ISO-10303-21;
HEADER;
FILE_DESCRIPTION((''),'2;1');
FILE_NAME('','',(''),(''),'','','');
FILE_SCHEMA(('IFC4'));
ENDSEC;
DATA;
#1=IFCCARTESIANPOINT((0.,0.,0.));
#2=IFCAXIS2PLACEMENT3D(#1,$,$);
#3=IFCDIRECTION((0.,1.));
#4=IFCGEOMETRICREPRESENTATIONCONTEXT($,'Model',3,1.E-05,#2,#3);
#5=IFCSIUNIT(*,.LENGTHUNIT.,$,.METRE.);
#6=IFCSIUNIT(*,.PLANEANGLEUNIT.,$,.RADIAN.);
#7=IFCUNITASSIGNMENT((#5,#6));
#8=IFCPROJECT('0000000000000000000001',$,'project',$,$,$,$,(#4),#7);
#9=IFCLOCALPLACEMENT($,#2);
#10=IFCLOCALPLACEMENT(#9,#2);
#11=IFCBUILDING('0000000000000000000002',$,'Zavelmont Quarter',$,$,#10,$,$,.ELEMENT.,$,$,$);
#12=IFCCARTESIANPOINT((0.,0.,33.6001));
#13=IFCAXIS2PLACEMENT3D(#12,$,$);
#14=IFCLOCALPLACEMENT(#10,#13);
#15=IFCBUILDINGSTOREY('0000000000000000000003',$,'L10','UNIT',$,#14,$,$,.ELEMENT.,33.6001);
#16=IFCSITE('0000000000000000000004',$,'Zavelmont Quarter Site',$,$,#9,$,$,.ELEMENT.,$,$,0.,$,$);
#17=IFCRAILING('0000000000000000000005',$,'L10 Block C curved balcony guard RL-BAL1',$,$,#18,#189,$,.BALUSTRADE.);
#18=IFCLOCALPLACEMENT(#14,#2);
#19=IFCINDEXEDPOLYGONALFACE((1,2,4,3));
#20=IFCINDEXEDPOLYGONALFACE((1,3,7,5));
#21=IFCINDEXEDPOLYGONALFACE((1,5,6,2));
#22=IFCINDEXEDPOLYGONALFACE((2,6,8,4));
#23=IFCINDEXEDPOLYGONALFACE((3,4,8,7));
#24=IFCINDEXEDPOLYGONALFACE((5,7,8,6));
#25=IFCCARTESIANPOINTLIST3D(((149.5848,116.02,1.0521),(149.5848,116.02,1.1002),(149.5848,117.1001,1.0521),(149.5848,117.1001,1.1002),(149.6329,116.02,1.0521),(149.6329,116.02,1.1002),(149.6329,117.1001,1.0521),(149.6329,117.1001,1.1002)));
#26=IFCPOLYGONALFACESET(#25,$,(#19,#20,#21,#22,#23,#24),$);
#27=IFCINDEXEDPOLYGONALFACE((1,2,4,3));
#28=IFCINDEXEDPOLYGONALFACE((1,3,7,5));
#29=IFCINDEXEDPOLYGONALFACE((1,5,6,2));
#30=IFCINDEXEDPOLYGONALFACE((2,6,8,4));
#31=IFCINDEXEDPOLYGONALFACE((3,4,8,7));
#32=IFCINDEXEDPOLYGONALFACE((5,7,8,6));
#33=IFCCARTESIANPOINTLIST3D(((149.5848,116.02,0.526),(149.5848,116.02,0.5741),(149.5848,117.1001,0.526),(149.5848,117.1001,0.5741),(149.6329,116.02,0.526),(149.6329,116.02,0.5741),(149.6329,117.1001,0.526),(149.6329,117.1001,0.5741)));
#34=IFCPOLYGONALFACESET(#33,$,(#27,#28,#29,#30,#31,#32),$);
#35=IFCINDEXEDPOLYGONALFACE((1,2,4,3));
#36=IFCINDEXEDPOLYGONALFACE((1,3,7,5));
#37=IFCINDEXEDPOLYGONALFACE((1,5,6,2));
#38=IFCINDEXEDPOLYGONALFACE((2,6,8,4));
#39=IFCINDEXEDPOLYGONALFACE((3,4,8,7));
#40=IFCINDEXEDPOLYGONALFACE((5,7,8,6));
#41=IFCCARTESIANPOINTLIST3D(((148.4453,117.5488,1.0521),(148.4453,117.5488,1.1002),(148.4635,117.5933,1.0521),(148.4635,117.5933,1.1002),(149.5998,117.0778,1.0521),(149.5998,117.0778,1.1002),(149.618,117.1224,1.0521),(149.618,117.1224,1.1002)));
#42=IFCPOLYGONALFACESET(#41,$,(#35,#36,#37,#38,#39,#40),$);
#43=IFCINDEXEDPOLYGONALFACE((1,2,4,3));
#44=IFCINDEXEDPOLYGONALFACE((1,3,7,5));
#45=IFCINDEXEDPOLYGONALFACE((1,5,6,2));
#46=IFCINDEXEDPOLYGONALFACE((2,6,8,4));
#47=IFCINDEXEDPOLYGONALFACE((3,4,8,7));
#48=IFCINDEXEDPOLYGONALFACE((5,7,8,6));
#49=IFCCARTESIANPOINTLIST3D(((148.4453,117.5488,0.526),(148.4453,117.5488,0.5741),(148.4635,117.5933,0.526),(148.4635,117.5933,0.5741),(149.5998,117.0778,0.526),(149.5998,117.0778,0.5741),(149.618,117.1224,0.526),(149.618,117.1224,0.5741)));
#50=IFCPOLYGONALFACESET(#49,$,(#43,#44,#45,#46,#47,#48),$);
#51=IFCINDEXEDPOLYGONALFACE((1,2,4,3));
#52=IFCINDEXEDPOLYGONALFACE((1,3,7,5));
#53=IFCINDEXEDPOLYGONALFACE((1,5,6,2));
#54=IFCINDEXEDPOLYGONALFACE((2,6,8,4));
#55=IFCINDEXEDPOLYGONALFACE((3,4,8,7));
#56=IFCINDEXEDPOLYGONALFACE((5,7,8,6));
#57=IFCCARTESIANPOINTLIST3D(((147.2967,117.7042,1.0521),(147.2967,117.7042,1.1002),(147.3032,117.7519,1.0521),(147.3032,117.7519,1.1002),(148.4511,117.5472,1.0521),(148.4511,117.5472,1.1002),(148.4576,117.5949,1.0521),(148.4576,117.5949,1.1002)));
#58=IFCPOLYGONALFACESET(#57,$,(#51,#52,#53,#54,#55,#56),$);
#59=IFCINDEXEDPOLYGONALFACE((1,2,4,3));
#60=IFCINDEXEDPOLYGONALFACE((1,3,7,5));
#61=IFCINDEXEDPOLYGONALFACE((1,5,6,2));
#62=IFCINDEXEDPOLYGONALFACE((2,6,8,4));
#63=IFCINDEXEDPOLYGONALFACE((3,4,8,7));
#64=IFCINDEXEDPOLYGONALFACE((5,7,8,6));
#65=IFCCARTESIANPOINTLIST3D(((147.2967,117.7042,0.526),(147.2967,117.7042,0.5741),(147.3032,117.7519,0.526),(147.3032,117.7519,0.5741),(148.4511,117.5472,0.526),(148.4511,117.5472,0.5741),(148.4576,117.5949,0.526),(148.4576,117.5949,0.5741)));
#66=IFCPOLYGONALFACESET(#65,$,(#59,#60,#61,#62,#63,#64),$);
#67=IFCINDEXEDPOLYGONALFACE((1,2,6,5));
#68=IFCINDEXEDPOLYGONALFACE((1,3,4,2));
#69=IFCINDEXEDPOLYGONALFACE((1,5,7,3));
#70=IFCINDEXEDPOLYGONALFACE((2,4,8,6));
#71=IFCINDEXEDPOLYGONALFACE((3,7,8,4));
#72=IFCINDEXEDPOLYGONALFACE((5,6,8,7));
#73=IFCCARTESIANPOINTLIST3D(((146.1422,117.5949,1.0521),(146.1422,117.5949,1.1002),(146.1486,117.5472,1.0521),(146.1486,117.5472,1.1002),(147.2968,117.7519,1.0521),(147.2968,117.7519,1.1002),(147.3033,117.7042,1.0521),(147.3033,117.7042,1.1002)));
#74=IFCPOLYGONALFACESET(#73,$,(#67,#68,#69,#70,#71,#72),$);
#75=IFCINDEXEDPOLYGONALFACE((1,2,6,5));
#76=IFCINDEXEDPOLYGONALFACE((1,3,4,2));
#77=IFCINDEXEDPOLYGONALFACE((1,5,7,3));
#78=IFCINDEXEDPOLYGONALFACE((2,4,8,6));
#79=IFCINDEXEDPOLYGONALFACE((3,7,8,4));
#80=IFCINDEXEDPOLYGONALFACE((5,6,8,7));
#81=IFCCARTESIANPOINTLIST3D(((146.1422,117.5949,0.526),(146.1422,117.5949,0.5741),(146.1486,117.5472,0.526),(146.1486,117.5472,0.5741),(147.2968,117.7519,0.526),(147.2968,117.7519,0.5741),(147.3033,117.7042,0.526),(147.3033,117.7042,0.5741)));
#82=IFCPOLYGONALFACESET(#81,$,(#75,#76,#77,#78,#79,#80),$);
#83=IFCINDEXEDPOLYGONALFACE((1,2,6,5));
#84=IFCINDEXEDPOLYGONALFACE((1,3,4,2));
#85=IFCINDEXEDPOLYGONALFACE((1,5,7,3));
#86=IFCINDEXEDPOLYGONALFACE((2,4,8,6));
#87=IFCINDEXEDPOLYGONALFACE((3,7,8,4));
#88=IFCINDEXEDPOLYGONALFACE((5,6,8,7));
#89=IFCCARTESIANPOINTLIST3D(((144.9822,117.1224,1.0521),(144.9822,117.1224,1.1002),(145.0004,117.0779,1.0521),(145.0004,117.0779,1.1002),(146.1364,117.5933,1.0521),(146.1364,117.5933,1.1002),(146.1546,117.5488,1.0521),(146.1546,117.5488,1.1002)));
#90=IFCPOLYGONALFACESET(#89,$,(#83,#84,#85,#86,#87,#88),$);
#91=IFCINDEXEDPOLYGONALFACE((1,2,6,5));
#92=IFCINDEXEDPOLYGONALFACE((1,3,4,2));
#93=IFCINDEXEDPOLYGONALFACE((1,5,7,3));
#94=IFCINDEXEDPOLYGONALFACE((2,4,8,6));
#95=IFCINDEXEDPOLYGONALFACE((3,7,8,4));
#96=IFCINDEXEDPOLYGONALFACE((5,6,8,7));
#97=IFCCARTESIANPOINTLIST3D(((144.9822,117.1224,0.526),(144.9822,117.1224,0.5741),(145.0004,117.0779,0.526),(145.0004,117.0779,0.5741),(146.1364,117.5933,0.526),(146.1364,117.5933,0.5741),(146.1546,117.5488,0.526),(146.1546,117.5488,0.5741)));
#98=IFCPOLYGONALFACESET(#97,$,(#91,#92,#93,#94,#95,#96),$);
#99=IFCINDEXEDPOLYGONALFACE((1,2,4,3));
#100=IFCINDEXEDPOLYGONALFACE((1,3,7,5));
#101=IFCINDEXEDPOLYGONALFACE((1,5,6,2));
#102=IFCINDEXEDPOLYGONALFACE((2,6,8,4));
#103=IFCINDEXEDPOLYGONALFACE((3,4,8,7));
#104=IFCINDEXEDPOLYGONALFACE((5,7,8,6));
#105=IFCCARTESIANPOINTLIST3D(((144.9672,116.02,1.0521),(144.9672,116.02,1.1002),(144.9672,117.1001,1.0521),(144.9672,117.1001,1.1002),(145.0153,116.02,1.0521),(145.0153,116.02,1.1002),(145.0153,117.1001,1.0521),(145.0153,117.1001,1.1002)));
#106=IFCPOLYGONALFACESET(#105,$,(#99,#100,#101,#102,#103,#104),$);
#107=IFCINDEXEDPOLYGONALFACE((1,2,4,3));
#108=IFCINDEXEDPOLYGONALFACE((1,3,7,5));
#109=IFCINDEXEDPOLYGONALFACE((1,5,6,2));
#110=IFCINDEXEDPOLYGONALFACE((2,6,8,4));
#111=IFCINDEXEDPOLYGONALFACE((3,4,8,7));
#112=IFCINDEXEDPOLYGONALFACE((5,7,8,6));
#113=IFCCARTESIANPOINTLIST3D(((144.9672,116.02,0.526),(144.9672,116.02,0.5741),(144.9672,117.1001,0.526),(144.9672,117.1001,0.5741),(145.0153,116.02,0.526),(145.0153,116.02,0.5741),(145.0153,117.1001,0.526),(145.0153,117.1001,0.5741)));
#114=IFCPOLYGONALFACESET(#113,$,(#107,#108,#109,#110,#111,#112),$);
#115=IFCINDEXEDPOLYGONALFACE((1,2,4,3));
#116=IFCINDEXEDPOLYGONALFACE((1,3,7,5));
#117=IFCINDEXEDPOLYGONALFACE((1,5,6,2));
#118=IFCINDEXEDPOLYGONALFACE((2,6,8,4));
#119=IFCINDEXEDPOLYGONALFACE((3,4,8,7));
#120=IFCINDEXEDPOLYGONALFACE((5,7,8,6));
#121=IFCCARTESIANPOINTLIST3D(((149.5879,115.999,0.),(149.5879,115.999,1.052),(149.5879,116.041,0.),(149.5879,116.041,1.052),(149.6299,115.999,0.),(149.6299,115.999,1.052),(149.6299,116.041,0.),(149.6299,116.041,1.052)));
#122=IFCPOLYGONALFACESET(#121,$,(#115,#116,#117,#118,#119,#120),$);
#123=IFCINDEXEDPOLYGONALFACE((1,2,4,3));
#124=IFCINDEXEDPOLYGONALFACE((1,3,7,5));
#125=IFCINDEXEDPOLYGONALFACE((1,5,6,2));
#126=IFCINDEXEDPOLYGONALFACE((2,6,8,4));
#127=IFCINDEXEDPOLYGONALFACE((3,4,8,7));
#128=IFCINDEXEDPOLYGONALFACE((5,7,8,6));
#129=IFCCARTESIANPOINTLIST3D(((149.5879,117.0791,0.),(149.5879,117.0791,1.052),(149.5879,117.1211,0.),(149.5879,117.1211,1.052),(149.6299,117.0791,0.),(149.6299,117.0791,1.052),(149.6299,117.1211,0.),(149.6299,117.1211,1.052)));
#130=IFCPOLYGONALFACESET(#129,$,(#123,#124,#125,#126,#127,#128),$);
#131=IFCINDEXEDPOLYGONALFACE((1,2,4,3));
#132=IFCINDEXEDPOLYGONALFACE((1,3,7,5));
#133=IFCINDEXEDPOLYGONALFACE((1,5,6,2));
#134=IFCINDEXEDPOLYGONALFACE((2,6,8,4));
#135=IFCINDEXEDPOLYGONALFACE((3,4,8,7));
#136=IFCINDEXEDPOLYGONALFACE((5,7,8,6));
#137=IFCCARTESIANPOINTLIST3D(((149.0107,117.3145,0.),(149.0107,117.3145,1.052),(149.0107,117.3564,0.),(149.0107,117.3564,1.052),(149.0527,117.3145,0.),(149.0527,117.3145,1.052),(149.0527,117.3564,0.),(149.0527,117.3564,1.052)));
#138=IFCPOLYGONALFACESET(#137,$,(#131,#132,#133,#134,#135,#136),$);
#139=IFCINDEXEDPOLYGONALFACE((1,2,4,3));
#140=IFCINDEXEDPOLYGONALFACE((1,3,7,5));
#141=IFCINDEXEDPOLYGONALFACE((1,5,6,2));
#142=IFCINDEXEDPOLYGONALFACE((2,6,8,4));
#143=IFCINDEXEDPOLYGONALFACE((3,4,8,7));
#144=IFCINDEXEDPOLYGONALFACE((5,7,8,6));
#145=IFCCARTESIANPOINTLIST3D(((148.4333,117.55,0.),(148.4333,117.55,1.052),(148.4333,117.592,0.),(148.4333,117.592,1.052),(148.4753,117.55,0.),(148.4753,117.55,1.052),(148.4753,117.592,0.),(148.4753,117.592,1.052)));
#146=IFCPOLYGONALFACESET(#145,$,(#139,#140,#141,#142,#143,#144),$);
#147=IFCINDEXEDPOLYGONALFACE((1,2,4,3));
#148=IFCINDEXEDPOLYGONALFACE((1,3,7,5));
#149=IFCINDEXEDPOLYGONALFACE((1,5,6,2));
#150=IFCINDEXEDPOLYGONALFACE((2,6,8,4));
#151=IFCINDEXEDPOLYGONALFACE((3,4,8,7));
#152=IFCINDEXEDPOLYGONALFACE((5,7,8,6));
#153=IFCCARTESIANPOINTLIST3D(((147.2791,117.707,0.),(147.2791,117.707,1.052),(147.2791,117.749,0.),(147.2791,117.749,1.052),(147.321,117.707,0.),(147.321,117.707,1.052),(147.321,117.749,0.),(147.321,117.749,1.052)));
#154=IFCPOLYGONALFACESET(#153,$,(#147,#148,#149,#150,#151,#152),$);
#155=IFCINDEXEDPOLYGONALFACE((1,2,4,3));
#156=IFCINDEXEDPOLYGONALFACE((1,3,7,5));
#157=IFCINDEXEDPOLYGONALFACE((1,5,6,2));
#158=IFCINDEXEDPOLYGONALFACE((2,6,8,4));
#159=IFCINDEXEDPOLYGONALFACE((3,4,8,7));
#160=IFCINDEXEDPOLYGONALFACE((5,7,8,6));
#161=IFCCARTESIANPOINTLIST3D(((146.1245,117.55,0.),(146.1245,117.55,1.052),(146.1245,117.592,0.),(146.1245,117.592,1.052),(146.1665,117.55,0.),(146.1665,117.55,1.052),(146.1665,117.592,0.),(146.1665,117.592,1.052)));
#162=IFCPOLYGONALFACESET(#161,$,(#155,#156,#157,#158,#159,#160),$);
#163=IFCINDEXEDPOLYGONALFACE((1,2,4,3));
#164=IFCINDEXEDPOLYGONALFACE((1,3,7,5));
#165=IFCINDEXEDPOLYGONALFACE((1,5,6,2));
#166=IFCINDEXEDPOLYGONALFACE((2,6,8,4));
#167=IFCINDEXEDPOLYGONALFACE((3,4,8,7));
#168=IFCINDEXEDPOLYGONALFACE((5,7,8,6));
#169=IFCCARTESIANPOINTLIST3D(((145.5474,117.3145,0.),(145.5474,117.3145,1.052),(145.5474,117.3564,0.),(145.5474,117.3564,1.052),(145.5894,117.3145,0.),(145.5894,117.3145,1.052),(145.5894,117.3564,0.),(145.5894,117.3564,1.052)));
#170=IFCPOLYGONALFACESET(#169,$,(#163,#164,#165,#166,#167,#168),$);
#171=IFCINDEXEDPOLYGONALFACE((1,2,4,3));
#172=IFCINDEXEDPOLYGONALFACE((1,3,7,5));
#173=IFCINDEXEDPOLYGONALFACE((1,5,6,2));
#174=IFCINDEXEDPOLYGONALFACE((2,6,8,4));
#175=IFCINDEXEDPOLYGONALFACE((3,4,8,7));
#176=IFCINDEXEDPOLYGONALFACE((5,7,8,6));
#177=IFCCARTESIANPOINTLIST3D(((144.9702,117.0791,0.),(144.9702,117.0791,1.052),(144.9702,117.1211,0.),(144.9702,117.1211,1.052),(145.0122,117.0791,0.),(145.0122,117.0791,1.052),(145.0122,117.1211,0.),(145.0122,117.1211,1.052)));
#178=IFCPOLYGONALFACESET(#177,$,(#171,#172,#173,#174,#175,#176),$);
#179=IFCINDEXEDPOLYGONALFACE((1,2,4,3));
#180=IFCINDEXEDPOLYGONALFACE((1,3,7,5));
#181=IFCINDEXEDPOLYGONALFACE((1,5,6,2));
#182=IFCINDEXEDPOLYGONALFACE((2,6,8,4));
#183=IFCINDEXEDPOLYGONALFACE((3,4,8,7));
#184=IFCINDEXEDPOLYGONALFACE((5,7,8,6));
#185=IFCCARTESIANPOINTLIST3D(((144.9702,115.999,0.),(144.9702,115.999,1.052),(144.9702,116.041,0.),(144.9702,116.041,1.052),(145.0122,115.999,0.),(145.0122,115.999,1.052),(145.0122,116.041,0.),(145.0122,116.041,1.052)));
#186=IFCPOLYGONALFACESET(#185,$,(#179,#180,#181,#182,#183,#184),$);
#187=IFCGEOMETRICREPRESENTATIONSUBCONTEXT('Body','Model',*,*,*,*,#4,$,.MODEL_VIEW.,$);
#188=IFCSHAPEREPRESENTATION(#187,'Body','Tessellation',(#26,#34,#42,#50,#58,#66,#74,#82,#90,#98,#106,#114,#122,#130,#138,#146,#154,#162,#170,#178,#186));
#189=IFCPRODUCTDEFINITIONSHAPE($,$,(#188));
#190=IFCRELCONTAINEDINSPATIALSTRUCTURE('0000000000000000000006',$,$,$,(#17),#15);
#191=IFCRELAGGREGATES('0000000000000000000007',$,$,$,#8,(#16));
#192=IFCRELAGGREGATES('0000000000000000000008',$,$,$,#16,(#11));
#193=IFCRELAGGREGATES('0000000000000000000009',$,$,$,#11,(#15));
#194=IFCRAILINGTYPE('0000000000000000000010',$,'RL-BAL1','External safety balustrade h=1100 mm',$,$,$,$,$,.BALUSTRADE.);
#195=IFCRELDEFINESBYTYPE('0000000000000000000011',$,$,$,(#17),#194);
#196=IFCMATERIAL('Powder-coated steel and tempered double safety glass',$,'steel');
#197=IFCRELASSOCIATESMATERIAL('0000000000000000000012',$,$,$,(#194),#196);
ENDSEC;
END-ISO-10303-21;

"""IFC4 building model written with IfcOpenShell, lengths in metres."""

from ifc_helpers import new_model, si_unit, direction, frame, origin, origin_2d, place, context, subcontext, project, spatial, rectangle, extrude, material, type_object, element, save


model = new_model("IFC4")

# Units and contexts
model_context = context("Model", 3, precision=1e-05, world=origin(), true_north=direction((0.0, 1.0)))
body_context = subcontext(model_context, "Body", "Model", "MODEL_VIEW")
ifc_project = project(units=[si_unit("LENGTHUNIT", "METRE"), si_unit("PLANEANGLEUNIT", "RADIAN")], contexts=[model_context])

# Site, building, storey
site_placement = place(None, origin())
site = spatial("IfcSite", under=ifc_project, at=site_placement, Name="Zavelmont Quarter Site", CompositionType="ELEMENT", RefElevation=0.0)
building_placement = place(site_placement, origin())
building = spatial("IfcBuilding", under=site, at=building_placement, Name="Zavelmont Quarter", CompositionType="ELEMENT")
storey_placement = place(building_placement, frame((0.0, 0.0, 33.6001)))
storey = spatial("IfcBuildingStorey", under=building, at=storey_placement, Name="L10", Description="UNIT", CompositionType="ELEMENT", Elevation=33.6001)

# Railing
ifc_material_1 = material(Name="Powder-coated steel and tempered double safety glass", Category="steel")
railing_type = type_object("IfcRailingType", Name="RL-BAL1", Description="External safety balustrade h=1100 mm", PredefinedType="BALUSTRADE", material=ifc_material_1)
railing_placement = place(storey_placement, frame((149.6089, 116.02, 0.0)))
element("IfcRailing", 1, at=railing_placement, inside=storey, type_object=railing_type, Name="L10 Block C curved balcony guard RL-BAL1", PredefinedType="BALUSTRADE", context=body_context, shape_type="SweptSolid", body=[
    extrude(rectangle(XDim=0.0481, YDim=0.0481, at=origin_2d()), frame((0.0, 0.0, 1.0762), z_axis=(0.0, 1.0, 0.0), x_axis=(-1.0, 0.0, 0.0)), (0.0, 0.0, 1.0), 1.0801),
    extrude(rectangle(XDim=0.0481, YDim=0.0481, at=origin_2d()), frame((0.0, 0.0, 0.55), z_axis=(0.0, 1.0, 0.0), x_axis=(-1.0, 0.0, 0.0)), (0.0, 0.0, 1.0), 1.0801),
    extrude(rectangle(XDim=0.0481, YDim=0.0481, at=origin_2d()), frame((0.0, 1.0801, 1.0762), z_axis=(-0.92593, 0.377695, 0.0), x_axis=(-0.377695, -0.92593, 0.0)), (0.0, 0.0, 1.0), 1.2468),
    extrude(rectangle(XDim=0.0481, YDim=0.0481, at=origin_2d()), frame((0.0, 1.0801, 0.55), z_axis=(-0.92593, 0.377695, 0.0), x_axis=(-0.377695, -0.92593, 0.0)), (0.0, 0.0, 1.0), 1.2468),
    extrude(rectangle(XDim=0.0481, YDim=0.0481, at=origin_2d()), frame((-1.1545, 1.551, 1.0762), z_axis=(-0.990879, 0.134758, 0.0), x_axis=(-0.134758, -0.990879, 0.0)), (0.0, 0.0, 1.0), 1.165),
    extrude(rectangle(XDim=0.0481, YDim=0.0481, at=origin_2d()), frame((-1.1545, 1.551, 0.55), z_axis=(-0.990879, 0.134758, 0.0), x_axis=(-0.134758, -0.990879, 0.0)), (0.0, 0.0, 1.0), 1.165),
    extrude(rectangle(XDim=0.0481, YDim=0.0481, at=origin_2d()), frame((-2.3088, 1.708, 1.0762), z_axis=(-0.990882, -0.13473, 0.0), x_axis=(0.13473, -0.990882, 0.0)), (0.0, 0.0, 1.0), 1.1653),
    extrude(rectangle(XDim=0.0481, YDim=0.0481, at=origin_2d()), frame((-2.3088, 1.708, 0.55), z_axis=(-0.990882, -0.13473, 0.0), x_axis=(0.13473, -0.990882, 0.0)), (0.0, 0.0, 1.0), 1.1653),
    extrude(rectangle(XDim=0.0481, YDim=0.0481, at=origin_2d()), frame((-3.4634, 1.551, 1.0762), z_axis=(-0.925902, -0.377763, 0.0), x_axis=(0.377763, -0.925902, 0.0)), (0.0, 0.0, 1.0), 1.2466),
    extrude(rectangle(XDim=0.0481, YDim=0.0481, at=origin_2d()), frame((-3.4634, 1.551, 0.55), z_axis=(-0.925902, -0.377763, 0.0), x_axis=(0.377763, -0.925902, 0.0)), (0.0, 0.0, 1.0), 1.2466),
    extrude(rectangle(XDim=0.0481, YDim=0.0481, at=origin_2d()), frame((-4.6177, 1.0801, 1.0762), z_axis=(0.0, -1.0, 0.0), x_axis=(1.0, 0.0, 0.0)), (0.0, 0.0, 1.0), 1.0801),
    extrude(rectangle(XDim=0.0481, YDim=0.0481, at=origin_2d()), frame((-4.6177, 1.0801, 0.55), z_axis=(0.0, -1.0, 0.0), x_axis=(1.0, 0.0, 0.0)), (0.0, 0.0, 1.0), 1.0801),
    extrude(rectangle(XDim=0.042, YDim=0.042, at=origin_2d()), origin(), (0.0, 0.0, 1.0), 1.052),
    extrude(rectangle(XDim=0.042, YDim=0.042, at=origin_2d()), frame((0.0, 1.0801, 0.0)), (0.0, 0.0, 1.0), 1.052),
    extrude(rectangle(XDim=0.042, YDim=0.042, at=origin_2d()), frame((-0.5771, 1.3154, 0.0)), (0.0, 0.0, 1.0), 1.052),
    extrude(rectangle(XDim=0.042, YDim=0.042, at=origin_2d()), frame((-1.1545, 1.551, 0.0)), (0.0, 0.0, 1.0), 1.052),
    extrude(rectangle(XDim=0.042, YDim=0.042, at=origin_2d()), frame((-2.3088, 1.708, 0.0)), (0.0, 0.0, 1.0), 1.052),
    extrude(rectangle(XDim=0.042, YDim=0.042, at=origin_2d()), frame((-3.4634, 1.551, 0.0)), (0.0, 0.0, 1.0), 1.052),
    extrude(rectangle(XDim=0.042, YDim=0.042, at=origin_2d()), frame((-4.0405, 1.3154, 0.0)), (0.0, 0.0, 1.0), 1.052),
    extrude(rectangle(XDim=0.042, YDim=0.042, at=origin_2d()), frame((-4.6177, 1.0801, 0.0)), (0.0, 0.0, 1.0), 1.052),
    extrude(rectangle(XDim=0.042, YDim=0.042, at=origin_2d()), frame((-4.6177, 0.0, 0.0)), (0.0, 0.0, 1.0), 1.052),
])

save(model, "model.ifc")
